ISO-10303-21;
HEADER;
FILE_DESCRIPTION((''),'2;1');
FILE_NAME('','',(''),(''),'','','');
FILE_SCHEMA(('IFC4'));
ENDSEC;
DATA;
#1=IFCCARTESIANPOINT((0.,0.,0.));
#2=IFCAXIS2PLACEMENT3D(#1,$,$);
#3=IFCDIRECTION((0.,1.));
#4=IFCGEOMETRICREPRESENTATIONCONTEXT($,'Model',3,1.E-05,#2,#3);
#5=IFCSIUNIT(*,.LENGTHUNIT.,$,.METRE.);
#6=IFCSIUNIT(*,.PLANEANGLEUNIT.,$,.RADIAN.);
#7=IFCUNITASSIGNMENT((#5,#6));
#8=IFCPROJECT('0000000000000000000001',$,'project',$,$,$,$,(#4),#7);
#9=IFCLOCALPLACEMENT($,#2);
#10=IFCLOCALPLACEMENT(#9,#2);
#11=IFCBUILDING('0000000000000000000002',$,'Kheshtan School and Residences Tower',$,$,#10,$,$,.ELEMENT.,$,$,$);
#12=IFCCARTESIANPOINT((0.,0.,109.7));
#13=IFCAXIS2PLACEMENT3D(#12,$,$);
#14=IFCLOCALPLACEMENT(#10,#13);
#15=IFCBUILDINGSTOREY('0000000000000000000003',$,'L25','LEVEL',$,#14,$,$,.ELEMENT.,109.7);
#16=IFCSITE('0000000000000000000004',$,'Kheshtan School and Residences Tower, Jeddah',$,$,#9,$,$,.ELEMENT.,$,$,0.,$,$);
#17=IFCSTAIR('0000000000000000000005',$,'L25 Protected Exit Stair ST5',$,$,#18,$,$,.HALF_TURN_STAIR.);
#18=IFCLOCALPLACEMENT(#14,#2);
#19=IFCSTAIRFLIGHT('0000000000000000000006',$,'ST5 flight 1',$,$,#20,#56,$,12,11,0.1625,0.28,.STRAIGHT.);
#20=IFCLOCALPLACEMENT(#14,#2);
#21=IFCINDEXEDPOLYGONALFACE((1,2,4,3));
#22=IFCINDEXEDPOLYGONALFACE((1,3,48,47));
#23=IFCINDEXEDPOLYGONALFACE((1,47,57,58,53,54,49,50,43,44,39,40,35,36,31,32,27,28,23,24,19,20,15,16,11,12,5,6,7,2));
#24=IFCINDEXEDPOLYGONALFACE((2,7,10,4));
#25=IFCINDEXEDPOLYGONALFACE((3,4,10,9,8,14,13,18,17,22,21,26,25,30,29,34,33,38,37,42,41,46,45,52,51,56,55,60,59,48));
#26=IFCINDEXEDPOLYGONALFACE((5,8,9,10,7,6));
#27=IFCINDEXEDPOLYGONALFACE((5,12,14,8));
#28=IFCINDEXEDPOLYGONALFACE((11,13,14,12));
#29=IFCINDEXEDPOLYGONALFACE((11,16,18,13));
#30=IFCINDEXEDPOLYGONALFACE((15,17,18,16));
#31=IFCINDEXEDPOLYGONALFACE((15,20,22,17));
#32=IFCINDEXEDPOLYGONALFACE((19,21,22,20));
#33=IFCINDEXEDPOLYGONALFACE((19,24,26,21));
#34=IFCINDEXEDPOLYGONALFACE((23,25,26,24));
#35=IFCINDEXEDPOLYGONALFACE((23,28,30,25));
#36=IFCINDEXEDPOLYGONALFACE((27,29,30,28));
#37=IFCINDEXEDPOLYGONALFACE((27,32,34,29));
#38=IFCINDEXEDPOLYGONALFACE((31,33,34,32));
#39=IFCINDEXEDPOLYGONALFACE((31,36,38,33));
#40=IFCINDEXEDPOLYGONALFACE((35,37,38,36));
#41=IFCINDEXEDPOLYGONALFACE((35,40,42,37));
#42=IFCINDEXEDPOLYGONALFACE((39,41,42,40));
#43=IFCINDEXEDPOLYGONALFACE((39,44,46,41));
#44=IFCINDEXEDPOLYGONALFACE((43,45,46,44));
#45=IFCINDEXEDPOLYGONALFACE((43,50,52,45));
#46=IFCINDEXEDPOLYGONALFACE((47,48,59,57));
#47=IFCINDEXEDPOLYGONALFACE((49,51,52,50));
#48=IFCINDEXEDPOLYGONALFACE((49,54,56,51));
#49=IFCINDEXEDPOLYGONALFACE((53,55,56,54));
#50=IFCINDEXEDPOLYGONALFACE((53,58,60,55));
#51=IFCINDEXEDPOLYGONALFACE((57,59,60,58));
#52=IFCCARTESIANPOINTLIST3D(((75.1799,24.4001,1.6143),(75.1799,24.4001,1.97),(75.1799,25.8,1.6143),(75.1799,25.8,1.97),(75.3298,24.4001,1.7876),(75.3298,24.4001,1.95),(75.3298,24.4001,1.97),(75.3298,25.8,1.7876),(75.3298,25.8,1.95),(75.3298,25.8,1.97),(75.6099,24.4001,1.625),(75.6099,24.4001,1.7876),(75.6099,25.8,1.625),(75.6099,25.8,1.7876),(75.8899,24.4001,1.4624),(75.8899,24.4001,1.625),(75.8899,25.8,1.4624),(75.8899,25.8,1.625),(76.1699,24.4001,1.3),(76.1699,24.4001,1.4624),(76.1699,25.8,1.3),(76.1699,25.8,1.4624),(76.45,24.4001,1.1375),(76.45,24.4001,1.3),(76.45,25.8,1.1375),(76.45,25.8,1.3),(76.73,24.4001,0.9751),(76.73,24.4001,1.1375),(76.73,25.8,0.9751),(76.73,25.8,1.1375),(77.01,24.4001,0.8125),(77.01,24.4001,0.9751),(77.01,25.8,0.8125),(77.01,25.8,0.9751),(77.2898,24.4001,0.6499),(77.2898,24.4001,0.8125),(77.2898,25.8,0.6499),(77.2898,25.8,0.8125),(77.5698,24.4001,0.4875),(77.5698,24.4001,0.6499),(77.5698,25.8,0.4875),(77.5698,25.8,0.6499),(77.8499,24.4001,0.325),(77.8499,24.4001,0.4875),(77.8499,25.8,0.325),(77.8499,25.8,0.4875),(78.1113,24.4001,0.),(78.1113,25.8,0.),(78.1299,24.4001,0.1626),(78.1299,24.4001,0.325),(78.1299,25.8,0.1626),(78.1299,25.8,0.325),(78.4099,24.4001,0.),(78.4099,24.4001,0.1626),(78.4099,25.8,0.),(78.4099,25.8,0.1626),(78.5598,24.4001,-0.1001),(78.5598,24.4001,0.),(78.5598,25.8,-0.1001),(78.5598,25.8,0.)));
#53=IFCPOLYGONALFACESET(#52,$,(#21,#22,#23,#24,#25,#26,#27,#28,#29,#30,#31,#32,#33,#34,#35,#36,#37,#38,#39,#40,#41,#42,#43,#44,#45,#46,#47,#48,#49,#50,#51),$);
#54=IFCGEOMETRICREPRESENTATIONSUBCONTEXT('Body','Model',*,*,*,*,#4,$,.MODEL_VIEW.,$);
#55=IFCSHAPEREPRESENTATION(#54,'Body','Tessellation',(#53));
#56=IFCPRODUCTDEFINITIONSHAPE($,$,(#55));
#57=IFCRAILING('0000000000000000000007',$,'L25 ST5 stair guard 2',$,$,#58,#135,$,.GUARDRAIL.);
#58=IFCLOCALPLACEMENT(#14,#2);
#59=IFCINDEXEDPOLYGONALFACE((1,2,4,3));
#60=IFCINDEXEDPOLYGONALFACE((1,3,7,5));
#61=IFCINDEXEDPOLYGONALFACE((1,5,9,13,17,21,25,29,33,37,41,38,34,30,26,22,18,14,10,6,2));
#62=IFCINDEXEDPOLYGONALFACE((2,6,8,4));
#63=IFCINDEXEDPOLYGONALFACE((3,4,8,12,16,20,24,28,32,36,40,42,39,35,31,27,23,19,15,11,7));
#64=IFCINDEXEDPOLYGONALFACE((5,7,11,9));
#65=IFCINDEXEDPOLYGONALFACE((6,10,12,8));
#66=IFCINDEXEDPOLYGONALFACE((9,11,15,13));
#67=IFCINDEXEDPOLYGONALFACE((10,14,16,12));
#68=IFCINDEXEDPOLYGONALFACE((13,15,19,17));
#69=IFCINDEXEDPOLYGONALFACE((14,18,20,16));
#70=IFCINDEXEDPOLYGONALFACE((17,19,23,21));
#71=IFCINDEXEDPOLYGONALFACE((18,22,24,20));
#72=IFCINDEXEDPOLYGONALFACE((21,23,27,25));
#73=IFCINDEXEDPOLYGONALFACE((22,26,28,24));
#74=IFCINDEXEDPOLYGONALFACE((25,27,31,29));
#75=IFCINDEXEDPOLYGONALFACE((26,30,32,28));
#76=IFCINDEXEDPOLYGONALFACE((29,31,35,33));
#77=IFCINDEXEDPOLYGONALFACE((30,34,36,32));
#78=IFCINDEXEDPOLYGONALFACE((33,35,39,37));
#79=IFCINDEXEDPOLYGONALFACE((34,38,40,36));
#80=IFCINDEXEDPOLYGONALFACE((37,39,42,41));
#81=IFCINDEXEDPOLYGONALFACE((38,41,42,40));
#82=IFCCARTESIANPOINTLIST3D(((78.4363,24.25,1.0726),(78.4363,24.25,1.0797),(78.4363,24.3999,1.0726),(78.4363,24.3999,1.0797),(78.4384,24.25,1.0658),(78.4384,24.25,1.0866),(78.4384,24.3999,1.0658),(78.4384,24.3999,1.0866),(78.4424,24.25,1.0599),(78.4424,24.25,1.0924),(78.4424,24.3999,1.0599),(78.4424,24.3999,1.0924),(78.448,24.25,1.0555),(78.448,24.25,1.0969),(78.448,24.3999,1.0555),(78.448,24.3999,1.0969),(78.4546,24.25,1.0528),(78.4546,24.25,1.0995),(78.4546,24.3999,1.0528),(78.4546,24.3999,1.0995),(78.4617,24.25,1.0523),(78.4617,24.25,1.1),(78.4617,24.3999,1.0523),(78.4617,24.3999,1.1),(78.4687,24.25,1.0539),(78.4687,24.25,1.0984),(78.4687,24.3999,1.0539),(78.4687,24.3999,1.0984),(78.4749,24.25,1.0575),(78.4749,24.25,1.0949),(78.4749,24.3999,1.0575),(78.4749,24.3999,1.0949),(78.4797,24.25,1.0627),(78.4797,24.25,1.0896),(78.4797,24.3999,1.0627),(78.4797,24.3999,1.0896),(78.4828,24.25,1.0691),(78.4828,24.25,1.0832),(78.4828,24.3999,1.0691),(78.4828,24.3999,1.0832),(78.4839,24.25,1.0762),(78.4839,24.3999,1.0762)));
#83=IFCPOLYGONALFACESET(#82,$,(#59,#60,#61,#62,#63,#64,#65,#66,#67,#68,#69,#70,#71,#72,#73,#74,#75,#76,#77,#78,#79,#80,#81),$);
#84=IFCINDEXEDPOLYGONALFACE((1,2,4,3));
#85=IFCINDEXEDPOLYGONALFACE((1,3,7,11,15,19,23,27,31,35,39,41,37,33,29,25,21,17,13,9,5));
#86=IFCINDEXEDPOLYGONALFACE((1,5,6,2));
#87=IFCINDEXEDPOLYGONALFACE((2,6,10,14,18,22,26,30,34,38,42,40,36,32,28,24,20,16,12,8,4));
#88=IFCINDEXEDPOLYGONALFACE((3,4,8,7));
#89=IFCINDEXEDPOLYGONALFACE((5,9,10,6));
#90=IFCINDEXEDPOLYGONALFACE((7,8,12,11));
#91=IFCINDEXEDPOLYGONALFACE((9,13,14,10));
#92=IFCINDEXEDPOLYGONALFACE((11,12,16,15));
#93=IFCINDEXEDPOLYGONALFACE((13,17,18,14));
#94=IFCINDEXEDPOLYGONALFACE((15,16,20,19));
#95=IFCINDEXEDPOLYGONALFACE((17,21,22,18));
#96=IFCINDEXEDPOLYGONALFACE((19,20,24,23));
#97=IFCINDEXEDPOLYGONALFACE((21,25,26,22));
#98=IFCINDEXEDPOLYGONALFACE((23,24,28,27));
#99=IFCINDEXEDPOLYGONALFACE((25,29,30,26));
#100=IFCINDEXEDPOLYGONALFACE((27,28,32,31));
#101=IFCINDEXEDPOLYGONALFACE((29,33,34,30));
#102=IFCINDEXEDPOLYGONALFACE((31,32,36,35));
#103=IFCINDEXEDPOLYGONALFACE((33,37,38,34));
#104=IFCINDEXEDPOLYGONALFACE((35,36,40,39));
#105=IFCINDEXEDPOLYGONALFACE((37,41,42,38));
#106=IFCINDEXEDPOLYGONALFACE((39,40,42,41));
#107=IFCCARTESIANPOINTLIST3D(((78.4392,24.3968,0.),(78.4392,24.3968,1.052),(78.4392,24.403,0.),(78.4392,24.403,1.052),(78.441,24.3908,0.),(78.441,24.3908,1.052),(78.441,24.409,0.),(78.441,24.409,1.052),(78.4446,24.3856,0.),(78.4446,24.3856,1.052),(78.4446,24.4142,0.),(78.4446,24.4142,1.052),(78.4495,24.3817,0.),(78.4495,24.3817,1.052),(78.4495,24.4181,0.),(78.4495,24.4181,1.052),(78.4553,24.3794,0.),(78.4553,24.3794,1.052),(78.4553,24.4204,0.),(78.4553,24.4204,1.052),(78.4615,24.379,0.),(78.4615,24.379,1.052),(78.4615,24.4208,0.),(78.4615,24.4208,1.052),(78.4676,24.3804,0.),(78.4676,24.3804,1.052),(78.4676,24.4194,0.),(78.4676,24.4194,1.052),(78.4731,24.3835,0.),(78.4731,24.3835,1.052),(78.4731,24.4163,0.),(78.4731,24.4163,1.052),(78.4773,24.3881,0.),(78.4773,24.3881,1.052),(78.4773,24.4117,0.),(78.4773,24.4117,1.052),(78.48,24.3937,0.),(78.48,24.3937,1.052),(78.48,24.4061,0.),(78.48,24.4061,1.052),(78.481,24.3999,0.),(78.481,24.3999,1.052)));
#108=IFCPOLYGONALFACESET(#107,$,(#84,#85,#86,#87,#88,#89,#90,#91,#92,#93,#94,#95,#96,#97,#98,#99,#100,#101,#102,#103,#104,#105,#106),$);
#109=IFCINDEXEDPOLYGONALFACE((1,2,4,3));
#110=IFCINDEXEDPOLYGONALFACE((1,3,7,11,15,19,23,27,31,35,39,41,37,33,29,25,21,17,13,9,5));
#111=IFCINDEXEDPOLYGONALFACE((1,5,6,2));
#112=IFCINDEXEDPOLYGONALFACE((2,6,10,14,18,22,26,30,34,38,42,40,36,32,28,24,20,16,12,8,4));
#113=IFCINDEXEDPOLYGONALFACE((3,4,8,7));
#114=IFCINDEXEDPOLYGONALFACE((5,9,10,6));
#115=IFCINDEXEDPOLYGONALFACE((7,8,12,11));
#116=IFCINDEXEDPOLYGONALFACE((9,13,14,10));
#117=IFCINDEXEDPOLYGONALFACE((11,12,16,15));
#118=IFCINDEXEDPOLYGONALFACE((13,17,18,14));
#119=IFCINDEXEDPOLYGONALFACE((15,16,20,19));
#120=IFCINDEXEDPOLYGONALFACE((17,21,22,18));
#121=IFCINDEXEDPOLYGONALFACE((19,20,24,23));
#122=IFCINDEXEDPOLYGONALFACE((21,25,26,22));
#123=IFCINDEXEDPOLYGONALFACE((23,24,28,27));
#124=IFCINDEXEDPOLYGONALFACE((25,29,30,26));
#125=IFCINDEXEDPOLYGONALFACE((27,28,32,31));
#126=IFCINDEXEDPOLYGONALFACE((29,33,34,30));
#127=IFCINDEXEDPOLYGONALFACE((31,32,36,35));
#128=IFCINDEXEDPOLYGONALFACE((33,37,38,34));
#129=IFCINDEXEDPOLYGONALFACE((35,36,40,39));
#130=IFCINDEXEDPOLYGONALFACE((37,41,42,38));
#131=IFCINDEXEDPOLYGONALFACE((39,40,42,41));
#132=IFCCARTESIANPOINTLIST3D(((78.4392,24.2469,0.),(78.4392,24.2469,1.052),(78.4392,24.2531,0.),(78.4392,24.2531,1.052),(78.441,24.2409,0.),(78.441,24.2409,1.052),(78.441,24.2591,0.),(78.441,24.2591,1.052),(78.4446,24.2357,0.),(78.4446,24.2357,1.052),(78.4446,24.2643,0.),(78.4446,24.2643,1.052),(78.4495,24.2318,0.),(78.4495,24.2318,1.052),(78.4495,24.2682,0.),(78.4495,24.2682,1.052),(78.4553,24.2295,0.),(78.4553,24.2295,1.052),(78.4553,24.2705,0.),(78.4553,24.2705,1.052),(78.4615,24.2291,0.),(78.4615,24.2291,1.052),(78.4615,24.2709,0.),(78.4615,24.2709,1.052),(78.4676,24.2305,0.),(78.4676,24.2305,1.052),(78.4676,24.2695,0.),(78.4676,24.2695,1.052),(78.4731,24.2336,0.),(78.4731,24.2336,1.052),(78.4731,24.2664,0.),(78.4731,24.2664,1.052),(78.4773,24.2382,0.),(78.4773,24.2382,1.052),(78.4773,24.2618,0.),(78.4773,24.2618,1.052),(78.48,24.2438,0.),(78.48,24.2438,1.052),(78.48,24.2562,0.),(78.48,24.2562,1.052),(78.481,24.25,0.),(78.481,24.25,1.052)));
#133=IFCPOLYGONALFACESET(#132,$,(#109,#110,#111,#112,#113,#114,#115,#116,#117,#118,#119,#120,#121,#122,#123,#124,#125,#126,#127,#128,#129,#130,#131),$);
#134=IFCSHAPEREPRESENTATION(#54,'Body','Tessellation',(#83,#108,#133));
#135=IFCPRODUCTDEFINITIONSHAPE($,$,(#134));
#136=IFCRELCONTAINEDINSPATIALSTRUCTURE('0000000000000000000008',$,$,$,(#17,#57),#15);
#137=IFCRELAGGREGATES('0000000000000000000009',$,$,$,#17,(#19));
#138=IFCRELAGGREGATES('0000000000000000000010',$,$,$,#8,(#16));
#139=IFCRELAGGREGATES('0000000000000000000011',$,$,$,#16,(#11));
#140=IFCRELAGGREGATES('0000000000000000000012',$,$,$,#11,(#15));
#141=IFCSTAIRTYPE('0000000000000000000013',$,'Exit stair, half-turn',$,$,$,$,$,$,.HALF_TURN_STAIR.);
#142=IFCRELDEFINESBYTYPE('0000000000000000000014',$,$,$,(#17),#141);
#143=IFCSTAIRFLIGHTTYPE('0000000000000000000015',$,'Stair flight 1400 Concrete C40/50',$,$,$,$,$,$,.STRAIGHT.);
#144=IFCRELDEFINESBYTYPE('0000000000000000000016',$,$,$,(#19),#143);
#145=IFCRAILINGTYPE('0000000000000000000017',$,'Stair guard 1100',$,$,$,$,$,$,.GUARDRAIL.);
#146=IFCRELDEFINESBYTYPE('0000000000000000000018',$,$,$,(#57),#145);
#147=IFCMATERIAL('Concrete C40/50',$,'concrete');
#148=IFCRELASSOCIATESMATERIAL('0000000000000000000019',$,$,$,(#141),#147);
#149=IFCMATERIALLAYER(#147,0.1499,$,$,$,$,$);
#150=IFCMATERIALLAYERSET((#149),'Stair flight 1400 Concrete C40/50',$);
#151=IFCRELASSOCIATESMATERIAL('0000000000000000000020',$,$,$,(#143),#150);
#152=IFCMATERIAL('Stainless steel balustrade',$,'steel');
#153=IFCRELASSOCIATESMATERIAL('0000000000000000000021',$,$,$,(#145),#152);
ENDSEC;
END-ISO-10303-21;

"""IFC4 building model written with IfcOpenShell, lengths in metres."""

from ifc_helpers import new_model, si_unit, direction, frame, origin, origin_2d, place, context, subcontext, project, spatial, polyline, circle, outline, extrude, material, layer, layer_set, type_object, element, aggregate, save


model = new_model("IFC4")

# Units and contexts
model_context = context("Model", 3, precision=1e-05, world=origin(), true_north=direction((0.0, 1.0)))
body_context = subcontext(model_context, "Body", "Model", "MODEL_VIEW")
ifc_project = project(units=[si_unit("LENGTHUNIT", "METRE"), si_unit("PLANEANGLEUNIT", "RADIAN")], contexts=[model_context])

# Site, building, storey
site_placement = place(None, origin())
site = spatial("IfcSite", under=ifc_project, at=site_placement, Name="Kheshtan School and Residences Tower, Jeddah", CompositionType="ELEMENT", RefElevation=0.0)
building_placement = place(site_placement, origin())
building = spatial("IfcBuilding", under=site, at=building_placement, Name="Kheshtan School and Residences Tower", CompositionType="ELEMENT")
storey_placement = place(building_placement, frame((0.0, 0.0, 109.7)))
storey = spatial("IfcBuildingStorey", under=building, at=storey_placement, Name="L25", Description="LEVEL", CompositionType="ELEMENT", Elevation=109.7)

# Shared definitions
ifc_material_1 = material(Name="Concrete C40/50", Category="concrete")

# Shared definitions
stair_type = type_object("IfcStairType", Name="Exit stair, half-turn", PredefinedType="HALF_TURN_STAIR", material=ifc_material_1)
ifc_layer_1 = layer(ifc_material_1, 0.1499)
ifc_layer_set_1 = layer_set([ifc_layer_1], Name="Stair flight 1400 Concrete C40/50")
stair_flight_type = type_object("IfcStairFlightType", Name="Stair flight 1400 Concrete C40/50", PredefinedType="STRAIGHT", material=ifc_layer_set_1)

# Stair, stair flight
stair_1_placement = place(storey_placement, origin())
stair_1 = element("IfcStair", 1, at=stair_1_placement, inside=storey, type_object=stair_type, Name="L25 Protected Exit Stair ST5", PredefinedType="HALF_TURN_STAIR")
stair_flight_1_placement = place(storey_placement, frame((78.4099, 25.1001, 0.0), z_axis=(0.0, 0.0, 1.0), x_axis=(-1.0, 0.0, 0.0)))
stair_flight_1 = element("IfcStairFlight", 2, at=stair_flight_1_placement, type_object=stair_flight_type, Name="ST5 flight 1", NumberOfRisers=12, NumberOfTreads=11, PredefinedType="STRAIGHT", RiserHeight=0.1625, TreadLength=0.28, context=body_context, shape_type="SweptSolid", body=[
    extrude(outline(polyline([(-0.1499, -0.1001), (-0.1499, 0.0), (0.0, 0.0), (0.0, 0.1626), (0.28, 0.1626), (0.28, 0.325), (0.5601, 0.325), (0.5601, 0.4875), (0.8401, 0.4875), (0.8401, 0.6499), (1.1201, 0.6499), (1.1201, 0.8125), (1.3999, 0.8125), (1.3999, 0.9751), (1.6799, 0.9751), (1.6799, 1.1375), (1.96, 1.1375), (1.96, 1.3), (2.24, 1.3), (2.24, 1.4624), (2.52, 1.4624), (2.52, 1.625), (2.8, 1.625), (2.8, 1.7876), (3.0801, 1.7876), (3.0801, 1.95), (3.0801, 1.97), (3.23, 1.97), (3.23, 1.6143), (0.2986, 0.0), (-0.1499, -0.1001)])), frame((0.0, 0.7, 0.0), z_axis=(0.0, -1.0, 0.0), x_axis=(1.0, 0.0, 0.0)), (0.0, 0.0, 1.0), 1.3999),
])
aggregate(stair_1, [stair_flight_1])

# Railing
ifc_material_2 = material(Name="Stainless steel balustrade", Category="steel")
railing_type_1 = type_object("IfcRailingType", Name="Stair guard 1100", PredefinedType="GUARDRAIL", material=ifc_material_2)
railing_1_placement = place(storey_placement, frame((78.46, 24.3999, 0.0)))
element("IfcRailing", 3, at=railing_1_placement, inside=storey, type_object=railing_type_1, Name="L25 ST5 stair guard 2", PredefinedType="GUARDRAIL", context=body_context, shape_type="SweptSolid", body=[
    extrude(circle(Radius=0.0239, at=origin_2d()), frame((0.0, 0.0, 1.0762), z_axis=(0.0, -1.0, 0.0), x_axis=(1.0, 0.0, 0.0)), (0.0, 0.0, 1.0), 0.1499),
    extrude(circle(Radius=0.021, at=origin_2d()), origin(), (0.0, 0.0, 1.0), 1.052),
    extrude(circle(Radius=0.021, at=origin_2d()), frame((0.0, -0.1499, 0.0)), (0.0, 0.0, 1.0), 1.052),
])

save(model, "model.ifc")
